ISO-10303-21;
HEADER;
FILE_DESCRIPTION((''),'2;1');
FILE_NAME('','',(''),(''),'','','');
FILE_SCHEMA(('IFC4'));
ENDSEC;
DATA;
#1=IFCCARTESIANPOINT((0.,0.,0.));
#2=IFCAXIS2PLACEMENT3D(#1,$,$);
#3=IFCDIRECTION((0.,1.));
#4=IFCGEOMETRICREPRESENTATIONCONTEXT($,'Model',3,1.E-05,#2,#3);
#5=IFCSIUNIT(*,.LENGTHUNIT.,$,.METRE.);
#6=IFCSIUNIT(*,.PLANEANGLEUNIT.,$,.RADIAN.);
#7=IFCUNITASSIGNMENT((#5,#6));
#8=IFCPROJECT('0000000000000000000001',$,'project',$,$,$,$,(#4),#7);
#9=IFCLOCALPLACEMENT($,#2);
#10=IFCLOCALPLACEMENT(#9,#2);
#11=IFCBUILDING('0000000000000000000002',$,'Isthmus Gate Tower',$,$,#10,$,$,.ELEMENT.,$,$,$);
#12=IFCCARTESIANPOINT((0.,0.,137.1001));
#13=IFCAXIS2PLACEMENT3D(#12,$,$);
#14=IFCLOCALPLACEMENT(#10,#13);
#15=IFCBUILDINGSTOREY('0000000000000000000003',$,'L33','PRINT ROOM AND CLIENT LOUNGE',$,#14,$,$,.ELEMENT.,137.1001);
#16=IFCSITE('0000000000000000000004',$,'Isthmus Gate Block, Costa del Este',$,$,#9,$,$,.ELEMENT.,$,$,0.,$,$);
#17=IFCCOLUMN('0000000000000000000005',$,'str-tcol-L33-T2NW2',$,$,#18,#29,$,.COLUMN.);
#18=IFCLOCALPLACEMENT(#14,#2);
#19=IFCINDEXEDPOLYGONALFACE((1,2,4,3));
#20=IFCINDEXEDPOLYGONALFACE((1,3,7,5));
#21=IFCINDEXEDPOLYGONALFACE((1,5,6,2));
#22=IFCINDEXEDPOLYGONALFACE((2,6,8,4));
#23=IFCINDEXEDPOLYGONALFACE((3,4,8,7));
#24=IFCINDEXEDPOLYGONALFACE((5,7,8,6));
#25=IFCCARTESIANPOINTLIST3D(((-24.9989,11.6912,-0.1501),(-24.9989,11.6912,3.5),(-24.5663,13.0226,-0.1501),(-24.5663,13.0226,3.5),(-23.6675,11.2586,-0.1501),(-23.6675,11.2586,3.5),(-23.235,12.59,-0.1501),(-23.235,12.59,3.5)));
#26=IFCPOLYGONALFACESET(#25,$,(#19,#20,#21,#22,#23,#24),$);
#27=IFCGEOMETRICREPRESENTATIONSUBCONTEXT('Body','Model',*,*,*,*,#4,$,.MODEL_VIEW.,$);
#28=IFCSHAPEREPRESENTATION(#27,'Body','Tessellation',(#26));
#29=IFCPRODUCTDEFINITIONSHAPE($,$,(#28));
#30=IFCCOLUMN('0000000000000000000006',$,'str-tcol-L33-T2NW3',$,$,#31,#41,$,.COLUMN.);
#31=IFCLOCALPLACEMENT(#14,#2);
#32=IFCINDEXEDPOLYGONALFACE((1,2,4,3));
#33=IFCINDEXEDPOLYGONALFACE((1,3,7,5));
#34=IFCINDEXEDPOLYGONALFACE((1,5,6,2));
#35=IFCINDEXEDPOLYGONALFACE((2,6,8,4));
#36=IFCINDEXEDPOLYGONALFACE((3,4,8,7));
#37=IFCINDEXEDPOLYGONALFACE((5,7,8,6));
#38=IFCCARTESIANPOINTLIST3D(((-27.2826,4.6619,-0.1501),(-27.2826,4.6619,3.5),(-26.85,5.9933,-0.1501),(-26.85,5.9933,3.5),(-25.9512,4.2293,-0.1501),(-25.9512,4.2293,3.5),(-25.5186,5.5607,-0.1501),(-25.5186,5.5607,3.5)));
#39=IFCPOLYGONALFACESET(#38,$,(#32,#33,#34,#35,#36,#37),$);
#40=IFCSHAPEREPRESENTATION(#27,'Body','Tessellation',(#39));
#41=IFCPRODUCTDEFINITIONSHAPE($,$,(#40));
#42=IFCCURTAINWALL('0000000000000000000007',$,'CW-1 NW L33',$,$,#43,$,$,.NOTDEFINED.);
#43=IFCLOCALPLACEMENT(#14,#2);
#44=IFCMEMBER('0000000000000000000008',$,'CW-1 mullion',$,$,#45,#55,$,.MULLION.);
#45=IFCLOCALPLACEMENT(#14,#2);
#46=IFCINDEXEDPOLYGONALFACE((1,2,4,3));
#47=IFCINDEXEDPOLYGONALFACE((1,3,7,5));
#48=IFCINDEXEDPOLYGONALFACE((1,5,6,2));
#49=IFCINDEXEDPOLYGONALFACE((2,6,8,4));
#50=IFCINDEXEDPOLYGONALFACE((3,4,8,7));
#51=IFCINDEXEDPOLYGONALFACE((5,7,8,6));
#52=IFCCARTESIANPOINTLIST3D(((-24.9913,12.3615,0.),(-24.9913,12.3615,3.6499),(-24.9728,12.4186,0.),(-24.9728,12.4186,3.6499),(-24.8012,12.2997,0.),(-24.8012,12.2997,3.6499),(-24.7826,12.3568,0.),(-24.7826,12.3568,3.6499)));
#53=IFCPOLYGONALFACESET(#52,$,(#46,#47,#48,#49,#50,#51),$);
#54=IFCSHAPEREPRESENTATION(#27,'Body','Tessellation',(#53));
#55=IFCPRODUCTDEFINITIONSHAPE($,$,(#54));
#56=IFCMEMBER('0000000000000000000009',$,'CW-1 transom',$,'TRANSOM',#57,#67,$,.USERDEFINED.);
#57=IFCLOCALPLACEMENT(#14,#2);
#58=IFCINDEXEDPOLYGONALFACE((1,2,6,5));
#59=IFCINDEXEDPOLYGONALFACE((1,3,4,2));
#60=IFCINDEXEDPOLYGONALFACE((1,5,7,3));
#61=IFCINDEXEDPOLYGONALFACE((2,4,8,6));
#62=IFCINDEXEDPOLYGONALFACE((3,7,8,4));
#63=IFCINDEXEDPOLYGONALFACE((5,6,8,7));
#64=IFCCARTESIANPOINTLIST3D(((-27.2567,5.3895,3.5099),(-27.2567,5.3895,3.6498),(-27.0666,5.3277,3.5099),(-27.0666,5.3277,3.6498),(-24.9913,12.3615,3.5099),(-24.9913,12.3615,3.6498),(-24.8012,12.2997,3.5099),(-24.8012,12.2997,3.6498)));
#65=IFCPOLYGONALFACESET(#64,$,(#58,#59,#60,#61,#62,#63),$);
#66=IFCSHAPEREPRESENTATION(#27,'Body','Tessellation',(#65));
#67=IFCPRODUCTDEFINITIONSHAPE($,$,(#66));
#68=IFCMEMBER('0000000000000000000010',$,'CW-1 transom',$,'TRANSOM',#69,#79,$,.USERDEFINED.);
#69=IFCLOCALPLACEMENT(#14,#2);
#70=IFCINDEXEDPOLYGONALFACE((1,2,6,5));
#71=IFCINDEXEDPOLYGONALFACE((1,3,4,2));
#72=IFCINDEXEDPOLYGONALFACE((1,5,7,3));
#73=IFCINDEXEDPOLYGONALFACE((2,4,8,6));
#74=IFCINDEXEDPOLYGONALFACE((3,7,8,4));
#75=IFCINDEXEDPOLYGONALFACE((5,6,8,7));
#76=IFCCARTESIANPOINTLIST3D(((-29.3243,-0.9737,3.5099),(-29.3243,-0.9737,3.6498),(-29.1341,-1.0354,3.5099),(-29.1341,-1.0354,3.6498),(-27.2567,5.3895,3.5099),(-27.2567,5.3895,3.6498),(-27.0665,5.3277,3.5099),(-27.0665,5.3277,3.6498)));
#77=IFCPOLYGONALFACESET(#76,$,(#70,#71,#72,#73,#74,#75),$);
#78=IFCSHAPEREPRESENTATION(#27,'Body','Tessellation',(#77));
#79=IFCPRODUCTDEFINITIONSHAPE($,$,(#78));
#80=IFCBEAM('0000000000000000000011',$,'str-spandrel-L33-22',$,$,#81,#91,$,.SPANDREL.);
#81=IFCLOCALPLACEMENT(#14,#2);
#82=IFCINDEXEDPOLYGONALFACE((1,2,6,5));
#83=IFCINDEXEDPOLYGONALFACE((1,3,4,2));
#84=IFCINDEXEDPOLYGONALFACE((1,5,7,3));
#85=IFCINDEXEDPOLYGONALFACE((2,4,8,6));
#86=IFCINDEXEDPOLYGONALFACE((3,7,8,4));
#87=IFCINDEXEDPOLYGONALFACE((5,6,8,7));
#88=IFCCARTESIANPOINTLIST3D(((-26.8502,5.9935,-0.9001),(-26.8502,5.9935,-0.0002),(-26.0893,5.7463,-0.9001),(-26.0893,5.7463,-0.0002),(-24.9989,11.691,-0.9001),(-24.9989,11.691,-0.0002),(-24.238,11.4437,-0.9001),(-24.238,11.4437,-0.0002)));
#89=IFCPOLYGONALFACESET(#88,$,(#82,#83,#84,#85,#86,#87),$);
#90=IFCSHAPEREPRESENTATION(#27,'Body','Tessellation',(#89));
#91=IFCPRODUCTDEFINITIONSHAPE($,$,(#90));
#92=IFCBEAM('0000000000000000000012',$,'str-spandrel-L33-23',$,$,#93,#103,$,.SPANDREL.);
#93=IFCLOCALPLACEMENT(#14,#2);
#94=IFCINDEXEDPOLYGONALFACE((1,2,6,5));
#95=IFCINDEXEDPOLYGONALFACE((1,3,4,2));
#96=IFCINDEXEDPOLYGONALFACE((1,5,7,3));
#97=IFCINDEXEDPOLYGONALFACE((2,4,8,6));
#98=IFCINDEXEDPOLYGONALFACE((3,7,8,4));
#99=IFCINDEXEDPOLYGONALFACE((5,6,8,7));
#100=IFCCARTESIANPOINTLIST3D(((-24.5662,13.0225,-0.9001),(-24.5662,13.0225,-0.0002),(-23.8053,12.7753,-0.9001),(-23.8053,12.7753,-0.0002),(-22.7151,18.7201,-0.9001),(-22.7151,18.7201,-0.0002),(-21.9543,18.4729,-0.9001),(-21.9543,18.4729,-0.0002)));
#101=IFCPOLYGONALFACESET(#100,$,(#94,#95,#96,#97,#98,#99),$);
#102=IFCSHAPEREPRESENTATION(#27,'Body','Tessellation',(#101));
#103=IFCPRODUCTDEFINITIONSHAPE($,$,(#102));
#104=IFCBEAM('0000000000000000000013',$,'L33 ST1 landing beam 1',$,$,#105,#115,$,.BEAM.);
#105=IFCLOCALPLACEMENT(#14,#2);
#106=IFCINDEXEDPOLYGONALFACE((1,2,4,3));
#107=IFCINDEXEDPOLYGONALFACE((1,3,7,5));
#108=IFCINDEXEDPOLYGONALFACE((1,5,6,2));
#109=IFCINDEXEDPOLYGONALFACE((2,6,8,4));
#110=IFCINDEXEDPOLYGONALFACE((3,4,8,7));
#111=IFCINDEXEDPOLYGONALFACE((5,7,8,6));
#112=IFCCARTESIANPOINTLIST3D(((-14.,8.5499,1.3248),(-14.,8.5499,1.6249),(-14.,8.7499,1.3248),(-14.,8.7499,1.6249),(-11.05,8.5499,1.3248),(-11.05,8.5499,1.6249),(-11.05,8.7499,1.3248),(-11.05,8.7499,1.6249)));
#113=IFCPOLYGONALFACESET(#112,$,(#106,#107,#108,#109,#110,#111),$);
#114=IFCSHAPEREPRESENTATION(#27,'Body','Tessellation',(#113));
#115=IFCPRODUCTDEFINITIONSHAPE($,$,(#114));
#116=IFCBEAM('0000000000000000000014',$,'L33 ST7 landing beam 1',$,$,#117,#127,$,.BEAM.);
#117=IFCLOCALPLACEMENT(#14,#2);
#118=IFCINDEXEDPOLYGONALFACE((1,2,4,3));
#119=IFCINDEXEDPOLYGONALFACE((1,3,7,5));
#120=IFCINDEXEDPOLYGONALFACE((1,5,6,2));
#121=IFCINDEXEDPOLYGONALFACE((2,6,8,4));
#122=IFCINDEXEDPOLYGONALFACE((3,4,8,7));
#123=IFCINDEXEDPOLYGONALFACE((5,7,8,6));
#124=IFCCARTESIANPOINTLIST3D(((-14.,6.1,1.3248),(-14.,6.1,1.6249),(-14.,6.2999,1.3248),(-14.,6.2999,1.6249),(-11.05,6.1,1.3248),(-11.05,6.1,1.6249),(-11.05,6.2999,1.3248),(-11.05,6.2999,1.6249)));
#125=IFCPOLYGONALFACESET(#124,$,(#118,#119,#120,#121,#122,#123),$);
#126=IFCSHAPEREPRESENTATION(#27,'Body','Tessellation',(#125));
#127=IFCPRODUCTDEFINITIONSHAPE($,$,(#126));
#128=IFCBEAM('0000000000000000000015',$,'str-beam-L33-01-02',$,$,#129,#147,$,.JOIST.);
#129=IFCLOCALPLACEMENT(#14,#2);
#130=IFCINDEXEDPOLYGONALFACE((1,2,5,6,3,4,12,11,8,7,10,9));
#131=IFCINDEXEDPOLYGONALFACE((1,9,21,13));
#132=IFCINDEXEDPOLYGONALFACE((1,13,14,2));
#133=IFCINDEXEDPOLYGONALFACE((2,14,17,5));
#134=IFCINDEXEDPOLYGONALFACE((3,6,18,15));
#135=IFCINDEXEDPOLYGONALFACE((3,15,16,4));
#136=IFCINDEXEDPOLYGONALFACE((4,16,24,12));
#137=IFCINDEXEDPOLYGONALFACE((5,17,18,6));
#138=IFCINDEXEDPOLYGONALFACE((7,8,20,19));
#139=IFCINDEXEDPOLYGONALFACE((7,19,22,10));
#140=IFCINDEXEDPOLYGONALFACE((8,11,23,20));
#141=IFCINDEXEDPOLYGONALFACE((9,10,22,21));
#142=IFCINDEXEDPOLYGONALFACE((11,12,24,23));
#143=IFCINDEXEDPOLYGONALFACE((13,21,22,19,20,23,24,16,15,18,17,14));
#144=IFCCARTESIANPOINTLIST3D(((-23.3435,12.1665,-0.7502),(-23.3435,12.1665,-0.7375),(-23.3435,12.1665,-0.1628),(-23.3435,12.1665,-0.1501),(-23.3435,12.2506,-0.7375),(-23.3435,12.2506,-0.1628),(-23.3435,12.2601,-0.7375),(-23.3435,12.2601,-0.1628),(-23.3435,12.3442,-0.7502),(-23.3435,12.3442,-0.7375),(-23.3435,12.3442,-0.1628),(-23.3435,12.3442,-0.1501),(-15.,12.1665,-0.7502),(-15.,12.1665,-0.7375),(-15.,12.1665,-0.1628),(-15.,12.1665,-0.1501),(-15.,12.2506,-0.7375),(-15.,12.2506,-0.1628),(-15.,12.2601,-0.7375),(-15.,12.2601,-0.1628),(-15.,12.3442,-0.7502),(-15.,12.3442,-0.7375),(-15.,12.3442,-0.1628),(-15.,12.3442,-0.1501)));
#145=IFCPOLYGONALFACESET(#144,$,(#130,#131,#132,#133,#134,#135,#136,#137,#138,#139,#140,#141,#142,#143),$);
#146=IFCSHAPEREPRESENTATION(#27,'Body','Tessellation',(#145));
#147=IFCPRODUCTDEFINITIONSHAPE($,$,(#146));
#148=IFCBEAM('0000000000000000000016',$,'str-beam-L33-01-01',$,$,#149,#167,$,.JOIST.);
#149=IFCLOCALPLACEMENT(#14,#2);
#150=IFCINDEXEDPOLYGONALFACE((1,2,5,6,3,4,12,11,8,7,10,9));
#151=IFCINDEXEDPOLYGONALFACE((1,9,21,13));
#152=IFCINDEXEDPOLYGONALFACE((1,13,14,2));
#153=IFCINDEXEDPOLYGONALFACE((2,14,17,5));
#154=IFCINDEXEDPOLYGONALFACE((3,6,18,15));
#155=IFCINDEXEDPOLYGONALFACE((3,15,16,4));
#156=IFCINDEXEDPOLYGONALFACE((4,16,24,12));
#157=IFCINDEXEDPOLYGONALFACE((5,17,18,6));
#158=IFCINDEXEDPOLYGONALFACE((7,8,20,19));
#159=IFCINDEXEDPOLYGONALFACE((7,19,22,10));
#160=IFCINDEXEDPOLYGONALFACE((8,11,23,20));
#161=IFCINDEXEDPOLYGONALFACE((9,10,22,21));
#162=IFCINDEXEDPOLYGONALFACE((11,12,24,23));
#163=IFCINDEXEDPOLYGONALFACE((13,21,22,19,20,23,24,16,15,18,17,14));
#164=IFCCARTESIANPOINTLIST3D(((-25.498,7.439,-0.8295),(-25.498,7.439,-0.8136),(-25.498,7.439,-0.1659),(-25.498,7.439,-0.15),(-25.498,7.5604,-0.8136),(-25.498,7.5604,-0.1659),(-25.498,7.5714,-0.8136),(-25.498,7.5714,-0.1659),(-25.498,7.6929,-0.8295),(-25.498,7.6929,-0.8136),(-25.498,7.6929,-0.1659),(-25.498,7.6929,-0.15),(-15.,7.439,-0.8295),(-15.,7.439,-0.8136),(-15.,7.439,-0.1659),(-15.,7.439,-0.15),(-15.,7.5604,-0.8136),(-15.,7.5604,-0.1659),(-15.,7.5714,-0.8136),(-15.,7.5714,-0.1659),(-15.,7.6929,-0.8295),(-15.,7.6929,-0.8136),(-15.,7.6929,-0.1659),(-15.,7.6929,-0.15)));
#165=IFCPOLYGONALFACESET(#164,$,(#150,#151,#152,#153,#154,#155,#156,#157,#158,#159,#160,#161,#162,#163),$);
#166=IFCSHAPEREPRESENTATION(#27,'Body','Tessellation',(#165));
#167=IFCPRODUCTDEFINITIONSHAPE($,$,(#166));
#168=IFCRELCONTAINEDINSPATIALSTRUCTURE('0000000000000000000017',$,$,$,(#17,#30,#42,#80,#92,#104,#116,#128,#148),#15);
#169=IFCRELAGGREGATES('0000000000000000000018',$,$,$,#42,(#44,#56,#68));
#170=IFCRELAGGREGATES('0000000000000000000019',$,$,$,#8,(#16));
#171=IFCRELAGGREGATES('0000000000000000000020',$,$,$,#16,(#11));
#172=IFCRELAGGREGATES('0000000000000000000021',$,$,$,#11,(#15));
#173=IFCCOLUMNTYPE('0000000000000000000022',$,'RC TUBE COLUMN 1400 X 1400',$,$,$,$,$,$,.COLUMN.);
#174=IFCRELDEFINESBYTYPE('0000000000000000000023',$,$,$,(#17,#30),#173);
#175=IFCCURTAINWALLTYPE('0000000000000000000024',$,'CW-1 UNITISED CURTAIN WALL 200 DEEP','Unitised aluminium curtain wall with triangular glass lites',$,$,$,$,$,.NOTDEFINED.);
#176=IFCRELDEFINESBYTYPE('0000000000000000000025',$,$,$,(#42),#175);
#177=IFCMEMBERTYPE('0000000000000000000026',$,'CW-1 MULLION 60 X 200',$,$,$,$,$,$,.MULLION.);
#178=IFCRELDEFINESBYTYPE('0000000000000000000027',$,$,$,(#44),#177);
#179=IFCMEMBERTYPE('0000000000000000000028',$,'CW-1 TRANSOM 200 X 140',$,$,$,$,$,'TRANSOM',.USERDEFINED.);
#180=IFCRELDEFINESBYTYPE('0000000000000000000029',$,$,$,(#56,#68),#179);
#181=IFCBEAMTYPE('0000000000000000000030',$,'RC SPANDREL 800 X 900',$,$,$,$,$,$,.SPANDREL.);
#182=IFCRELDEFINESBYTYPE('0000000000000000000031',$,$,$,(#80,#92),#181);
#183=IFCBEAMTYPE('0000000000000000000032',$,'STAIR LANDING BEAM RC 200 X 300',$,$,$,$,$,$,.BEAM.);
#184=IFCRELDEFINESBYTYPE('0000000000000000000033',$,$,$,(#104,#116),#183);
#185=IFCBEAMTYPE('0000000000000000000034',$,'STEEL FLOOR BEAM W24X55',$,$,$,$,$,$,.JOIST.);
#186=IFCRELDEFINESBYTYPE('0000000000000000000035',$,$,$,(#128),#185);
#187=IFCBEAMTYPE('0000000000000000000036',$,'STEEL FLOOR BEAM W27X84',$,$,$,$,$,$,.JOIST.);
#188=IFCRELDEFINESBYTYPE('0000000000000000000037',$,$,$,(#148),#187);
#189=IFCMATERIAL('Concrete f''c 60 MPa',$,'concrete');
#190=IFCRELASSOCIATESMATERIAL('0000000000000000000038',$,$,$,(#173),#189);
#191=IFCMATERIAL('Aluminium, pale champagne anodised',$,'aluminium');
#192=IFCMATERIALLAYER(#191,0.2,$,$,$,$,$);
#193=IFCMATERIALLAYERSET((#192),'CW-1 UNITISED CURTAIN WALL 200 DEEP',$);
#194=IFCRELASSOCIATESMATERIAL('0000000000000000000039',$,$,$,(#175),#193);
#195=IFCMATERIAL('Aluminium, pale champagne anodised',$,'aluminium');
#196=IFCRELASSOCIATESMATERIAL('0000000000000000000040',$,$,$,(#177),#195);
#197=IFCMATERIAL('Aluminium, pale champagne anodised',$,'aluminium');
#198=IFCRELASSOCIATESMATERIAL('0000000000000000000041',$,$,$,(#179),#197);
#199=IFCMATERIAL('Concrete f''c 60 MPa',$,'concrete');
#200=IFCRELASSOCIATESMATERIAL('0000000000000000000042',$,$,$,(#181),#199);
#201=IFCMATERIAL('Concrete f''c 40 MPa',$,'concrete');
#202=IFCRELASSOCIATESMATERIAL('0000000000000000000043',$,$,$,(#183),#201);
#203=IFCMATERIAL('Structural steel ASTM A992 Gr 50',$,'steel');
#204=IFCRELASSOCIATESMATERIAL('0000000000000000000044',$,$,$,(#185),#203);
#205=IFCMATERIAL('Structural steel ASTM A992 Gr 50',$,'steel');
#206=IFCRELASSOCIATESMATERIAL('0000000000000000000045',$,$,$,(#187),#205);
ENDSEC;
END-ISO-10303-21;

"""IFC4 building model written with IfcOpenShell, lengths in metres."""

from ifc_helpers import new_model, si_unit, direction, frame, origin, origin_2d, place, context, subcontext, project, spatial, rectangle, i_section, extrude, material, layer, layer_set, material_profile, profile_set, type_object, element, aggregate, save


model = new_model("IFC4")

# Units and contexts
model_context = context("Model", 3, precision=1e-05, world=origin(), true_north=direction((0.0, 1.0)))
body_context = subcontext(model_context, "Body", "Model", "MODEL_VIEW")
ifc_project = project(units=[si_unit("LENGTHUNIT", "METRE"), si_unit("PLANEANGLEUNIT", "RADIAN")], contexts=[model_context])

# Site, building, storey
site_placement = place(None, origin())
site = spatial("IfcSite", under=ifc_project, at=site_placement, Name="Isthmus Gate Block, Costa del Este", CompositionType="ELEMENT", RefElevation=0.0)
building_placement = place(site_placement, origin())
building = spatial("IfcBuilding", under=site, at=building_placement, Name="Isthmus Gate Tower", CompositionType="ELEMENT")
storey_placement = place(building_placement, frame((0.0, 0.0, 137.1001)))
storey = spatial("IfcBuildingStorey", under=building, at=storey_placement, Name="L33", Description="PRINT ROOM AND CLIENT LOUNGE", CompositionType="ELEMENT", Elevation=137.1001)

# Columns
ifc_material_1 = material(Name="Concrete f'c 60 MPa", Category="concrete")
ifc_material_profile_1 = material_profile(ifc_material_1, rectangle(XDim=1.3999, YDim=1.3999, at=origin_2d()), Name="RC 1400X1400")
ifc_profile_set_1 = profile_set([ifc_material_profile_1], Name="Concrete f'c 60 MPa")
column_type = type_object("IfcColumnType", Name="RC TUBE COLUMN 1400 X 1400", PredefinedType="COLUMN", material=ifc_profile_set_1)
for number, where, z_axis, x_axis, name in (
    (1, (-24.1169, 12.1406, -0.1501), (0.0, 0.0, 1.0), (-0.309017, -0.951057, 0.0), "str-tcol-L33-T2NW2"),
    (2, (-26.4006, 5.1113, -0.1501), (0.0, 0.0, 1.0), (-0.309017, -0.951057, 0.0), "str-tcol-L33-T2NW3"),
):
    element("IfcColumn", number, at=place(storey_placement, frame(where, z_axis=z_axis, x_axis=x_axis)), inside=storey, type_object=column_type, Name=name, PredefinedType="COLUMN", context=body_context, shape_type="SweptSolid", body=[
        extrude(rectangle(XDim=1.3999, YDim=1.3999, at=origin_2d()), origin(), (0.0, 0.0, 1.0), 3.6501),
    ])

# Curtain wall, members
ifc_material_2 = material(Name="Aluminium, pale champagne anodised", Category="aluminium")
ifc_layer_1 = layer(ifc_material_2, 0.2)
ifc_layer_set_1 = layer_set([ifc_layer_1], Name="CW-1 UNITISED CURTAIN WALL 200 DEEP")
curtain_wall_type = type_object("IfcCurtainWallType", Name="CW-1 UNITISED CURTAIN WALL 200 DEEP", Description="Unitised aluminium curtain wall with triangular glass lites", PredefinedType="NOTDEFINED", material=ifc_layer_set_1)
curtain_wall_placement = place(storey_placement, origin())
curtain_wall = element("IfcCurtainWall", 3, at=curtain_wall_placement, inside=storey, type_object=curtain_wall_type, Name="CW-1 NW L33", PredefinedType="NOTDEFINED")
ifc_material_3 = material(Name="Aluminium, pale champagne anodised", Category="aluminium")
ifc_material_profile_2 = material_profile(ifc_material_3, rectangle(XDim=0.0601, YDim=0.2, at=origin_2d()), Name="60x200")
ifc_profile_set_2 = profile_set([ifc_material_profile_2], Name="Aluminium, pale champagne anodised")
member_type_1 = type_object("IfcMemberType", Name="CW-1 MULLION 60 X 200", PredefinedType="MULLION", material=ifc_profile_set_2)
member_1_placement = place(storey_placement, frame((-24.887, 12.3591, 0.0), z_axis=(0.0, 0.0, 1.0), x_axis=(-0.309017, -0.951057, 0.0)))
member_1 = element("IfcMember", 4, at=member_1_placement, type_object=member_type_1, Name="CW-1 mullion", PredefinedType="MULLION", context=body_context, shape_type="SweptSolid", body=[
    extrude(rectangle(XDim=0.0601, YDim=0.2, at=origin_2d()), origin(), (0.0, 0.0, 1.0), 3.6499),
])
ifc_material_4 = material(Name="Aluminium, pale champagne anodised", Category="aluminium")
ifc_material_profile_3 = material_profile(ifc_material_4, rectangle(XDim=0.2, YDim=0.1399, at=origin_2d()), Name="200x140")
ifc_profile_set_3 = profile_set([ifc_material_profile_3], Name="Aluminium, pale champagne anodised")
member_type_2 = type_object("IfcMemberType", Name="CW-1 TRANSOM 200 X 140", ElementType="TRANSOM", PredefinedType="USERDEFINED", material=ifc_profile_set_3)
member_2_placement = place(storey_placement, frame((-24.8962, 12.3306, 3.5798), z_axis=(-0.309025, -0.951054, 0.0), x_axis=(0.951054, -0.309025, 0.0)))
member_2 = element("IfcMember", 5, at=member_2_placement, type_object=member_type_2, Name="CW-1 transom", ObjectType="TRANSOM", PredefinedType="USERDEFINED", context=body_context, shape_type="SweptSolid", body=[
    extrude(rectangle(XDim=0.2, YDim=0.1399, at=origin_2d()), origin(), (0.0, 0.0, 1.0), 7.3308),
])
member_3_placement = place(storey_placement, frame((-27.1616, 5.3586, 3.5798), z_axis=(-0.309027, -0.951053, 0.0), x_axis=(0.951053, -0.309027, 0.0)))
member_3 = element("IfcMember", 6, at=member_3_placement, type_object=member_type_2, Name="CW-1 transom", ObjectType="TRANSOM", PredefinedType="USERDEFINED", context=body_context, shape_type="SweptSolid", body=[
    extrude(rectangle(XDim=0.2, YDim=0.1399, at=origin_2d()), origin(), (0.0, 0.0, 1.0), 6.6907),
])

# Beams
ifc_material_5 = material(Name="Concrete f'c 60 MPa", Category="concrete")
ifc_material_profile_4 = material_profile(ifc_material_5, rectangle(XDim=0.8, YDim=0.8999, at=origin_2d()), Name="RC 800X900")
ifc_profile_set_4 = profile_set([ifc_material_profile_4], Name="Concrete f'c 60 MPa")
beam_type_1 = type_object("IfcBeamType", Name="RC SPANDREL 800 X 900", PredefinedType="SPANDREL", material=ifc_profile_set_4)
for number, where, z_axis, x_axis, name in (
    (7, (-26.4697, 5.8699, -0.4502), (0.30903, 0.951052, 0.0), (-0.951052, 0.30903, 0.0), "str-spandrel-L33-22"),
    (8, (-24.1858, 12.8989, -0.4502), (0.308993, 0.951064, 0.0), (-0.951064, 0.308993, 0.0), "str-spandrel-L33-23"),
):
    element("IfcBeam", number, at=place(storey_placement, frame(where, z_axis=z_axis, x_axis=x_axis)), inside=storey, type_object=beam_type_1, Name=name, PredefinedType="SPANDREL", context=body_context, shape_type="SweptSolid", body=[
        extrude(rectangle(XDim=0.8, YDim=0.8999, at=origin_2d()), origin(), (0.0, 0.0, 1.0), 5.9907),
    ])
ifc_material_6 = material(Name="Concrete f'c 40 MPa", Category="concrete")
ifc_material_profile_5 = material_profile(ifc_material_6, rectangle(XDim=0.2, YDim=0.3, at=origin_2d()), Name="STAIR LANDING BEAM RC 200 X 300")
ifc_profile_set_5 = profile_set([ifc_material_profile_5], Name="Concrete f'c 40 MPa")
beam_type_2 = type_object("IfcBeamType", Name="STAIR LANDING BEAM RC 200 X 300", PredefinedType="BEAM", material=ifc_profile_set_5)
for number, where, z_axis, x_axis, name in (
    (9, (-14.0, 8.6499, 1.4749), (1.0, 0.0, 0.0), (0.0, 1.0, 0.0), "L33 ST1 landing beam 1"),
    (10, (-14.0, 6.2, 1.4749), (1.0, 0.0, 0.0), (0.0, 1.0, 0.0), "L33 ST7 landing beam 1"),
):
    element("IfcBeam", number, at=place(storey_placement, frame(where, z_axis=z_axis, x_axis=x_axis)), inside=storey, type_object=beam_type_2, Name=name, PredefinedType="BEAM", context=body_context, shape_type="SweptSolid", body=[
        extrude(rectangle(XDim=0.2, YDim=0.3, at=origin_2d()), origin(), (0.0, 0.0, 1.0), 2.95),
    ])
ifc_material_7 = material(Name="Structural steel ASTM A992 Gr 50", Category="steel")
ifc_material_profile_6 = material_profile(ifc_material_7, i_section(OverallWidth=0.1777, OverallDepth=0.6001, WebThickness=0.0095, FlangeThickness=0.0127, at=origin_2d()), Name="W24X55")
ifc_profile_set_6 = profile_set([ifc_material_profile_6], Name="Structural steel ASTM A992 Gr 50")
beam_type_3 = type_object("IfcBeamType", Name="STEEL FLOOR BEAM W24X55", PredefinedType="JOIST", material=ifc_profile_set_6)
beam_1_placement = place(storey_placement, frame((-23.3435, 12.2554, -0.4502), z_axis=(1.0, 0.0, 0.0), x_axis=(0.0, 1.0, 0.0)))
element("IfcBeam", 11, at=beam_1_placement, inside=storey, type_object=beam_type_3, Name="str-beam-L33-01-02", PredefinedType="JOIST", context=body_context, shape_type="SweptSolid", body=[
    extrude(i_section(OverallWidth=0.1777, OverallDepth=0.6001, WebThickness=0.0095, FlangeThickness=0.0127, at=origin_2d()), origin(), (0.0, 0.0, 1.0), 8.3435),
])
ifc_material_8 = material(Name="Structural steel ASTM A992 Gr 50", Category="steel")
ifc_material_profile_7 = material_profile(ifc_material_8, i_section(OverallWidth=0.2539, OverallDepth=0.6794, WebThickness=0.011, FlangeThickness=0.0159, at=origin_2d()), Name="W27X84")
ifc_profile_set_7 = profile_set([ifc_material_profile_7], Name="Structural steel ASTM A992 Gr 50")
beam_type_4 = type_object("IfcBeamType", Name="STEEL FLOOR BEAM W27X84", PredefinedType="JOIST", material=ifc_profile_set_7)
beam_2_placement = place(storey_placement, frame((-25.498, 7.5659, -0.4897), z_axis=(1.0, 0.0, 0.0), x_axis=(0.0, 1.0, 0.0)))
element("IfcBeam", 12, at=beam_2_placement, inside=storey, type_object=beam_type_4, Name="str-beam-L33-01-01", PredefinedType="JOIST", context=body_context, shape_type="SweptSolid", body=[
    extrude(i_section(OverallWidth=0.2539, OverallDepth=0.6794, WebThickness=0.011, FlangeThickness=0.0159, at=origin_2d()), origin(), (0.0, 0.0, 1.0), 10.498),
])

aggregate(curtain_wall, [member_1, member_2, member_3])

save(model, "model.ifc")
